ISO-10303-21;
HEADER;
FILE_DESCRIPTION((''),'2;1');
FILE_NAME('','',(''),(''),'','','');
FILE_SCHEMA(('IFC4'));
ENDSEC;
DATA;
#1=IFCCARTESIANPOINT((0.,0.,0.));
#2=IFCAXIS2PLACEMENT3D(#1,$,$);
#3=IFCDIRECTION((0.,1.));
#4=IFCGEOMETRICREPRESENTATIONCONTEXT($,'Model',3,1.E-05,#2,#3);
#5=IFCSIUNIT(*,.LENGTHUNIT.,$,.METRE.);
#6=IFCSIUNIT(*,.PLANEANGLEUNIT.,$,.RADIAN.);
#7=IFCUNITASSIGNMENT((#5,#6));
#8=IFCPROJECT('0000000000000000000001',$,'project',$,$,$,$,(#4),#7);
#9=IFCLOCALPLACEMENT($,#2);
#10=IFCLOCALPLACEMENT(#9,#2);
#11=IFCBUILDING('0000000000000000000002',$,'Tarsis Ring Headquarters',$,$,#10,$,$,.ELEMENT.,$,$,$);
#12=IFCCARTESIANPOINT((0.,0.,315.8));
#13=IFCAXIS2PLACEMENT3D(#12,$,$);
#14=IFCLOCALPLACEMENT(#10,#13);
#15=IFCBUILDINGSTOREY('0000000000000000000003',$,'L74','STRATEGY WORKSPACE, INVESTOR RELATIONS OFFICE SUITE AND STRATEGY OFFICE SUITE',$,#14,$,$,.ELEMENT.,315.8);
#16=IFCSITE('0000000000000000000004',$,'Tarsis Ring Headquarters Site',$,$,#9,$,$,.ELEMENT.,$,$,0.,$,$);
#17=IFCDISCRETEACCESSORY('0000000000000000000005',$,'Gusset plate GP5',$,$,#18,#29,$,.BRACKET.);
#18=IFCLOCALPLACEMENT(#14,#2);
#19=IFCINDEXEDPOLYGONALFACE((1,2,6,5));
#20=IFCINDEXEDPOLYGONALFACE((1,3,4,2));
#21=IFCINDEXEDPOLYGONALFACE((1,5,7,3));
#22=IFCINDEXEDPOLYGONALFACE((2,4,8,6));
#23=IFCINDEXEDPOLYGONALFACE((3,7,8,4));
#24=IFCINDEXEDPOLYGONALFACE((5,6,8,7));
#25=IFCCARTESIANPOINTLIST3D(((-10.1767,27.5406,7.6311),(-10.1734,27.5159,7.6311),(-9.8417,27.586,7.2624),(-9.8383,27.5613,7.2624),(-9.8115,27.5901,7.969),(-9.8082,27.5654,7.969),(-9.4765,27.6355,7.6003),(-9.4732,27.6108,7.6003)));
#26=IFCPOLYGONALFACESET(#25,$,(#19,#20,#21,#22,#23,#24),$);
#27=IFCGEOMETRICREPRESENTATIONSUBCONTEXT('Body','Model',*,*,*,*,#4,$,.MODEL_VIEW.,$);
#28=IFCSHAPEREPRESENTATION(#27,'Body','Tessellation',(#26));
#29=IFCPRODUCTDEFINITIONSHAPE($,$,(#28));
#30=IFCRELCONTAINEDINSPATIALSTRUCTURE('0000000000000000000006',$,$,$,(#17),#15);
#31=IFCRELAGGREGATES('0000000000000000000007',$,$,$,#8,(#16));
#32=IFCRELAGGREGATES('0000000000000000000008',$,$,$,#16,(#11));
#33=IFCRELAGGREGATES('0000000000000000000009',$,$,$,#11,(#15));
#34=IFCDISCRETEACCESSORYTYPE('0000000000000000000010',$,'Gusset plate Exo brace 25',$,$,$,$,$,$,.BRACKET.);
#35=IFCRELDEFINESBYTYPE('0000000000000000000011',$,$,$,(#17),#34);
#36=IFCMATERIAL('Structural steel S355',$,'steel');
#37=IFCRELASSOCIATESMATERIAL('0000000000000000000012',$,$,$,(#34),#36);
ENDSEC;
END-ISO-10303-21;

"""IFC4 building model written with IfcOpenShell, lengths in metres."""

from ifc_helpers import new_model, si_unit, direction, frame, origin, origin_2d, place, context, subcontext, project, spatial, rectangle, extrude, material, material_profile, profile_set, type_object, element, save


model = new_model("IFC4")

# Units and contexts
model_context = context("Model", 3, precision=1e-05, world=origin(), true_north=direction((0.0, 1.0)))
body_context = subcontext(model_context, "Body", "Model", "MODEL_VIEW")
ifc_project = project(units=[si_unit("LENGTHUNIT", "METRE"), si_unit("PLANEANGLEUNIT", "RADIAN")], contexts=[model_context])

# Site, building, storey
site_placement = place(None, origin())
site = spatial("IfcSite", under=ifc_project, at=site_placement, Name="Tarsis Ring Headquarters Site", CompositionType="ELEMENT", RefElevation=0.0)
building_placement = place(site_placement, origin())
building = spatial("IfcBuilding", under=site, at=building_placement, Name="Tarsis Ring Headquarters", CompositionType="ELEMENT")
storey_placement = place(building_placement, frame((0.0, 0.0, 315.8)))
storey = spatial("IfcBuildingStorey", under=building, at=storey_placement, Name="L74", Description="STRATEGY WORKSPACE, INVESTOR RELATIONS OFFICE SUITE AND STRATEGY OFFICE SUITE", CompositionType="ELEMENT", Elevation=315.8)

# Shared definitions
ifc_material_1 = material(Name="Structural steel S355", Category="steel")

# Discrete accessory
ifc_material_profile_1 = material_profile(ifc_material_1, rectangle(XDim=0.0249, YDim=0.5, at=origin_2d()), Name="PL 25x500")
ifc_profile_set_1 = profile_set([ifc_material_profile_1], Name="Structural steel S355")
discrete_accessory_type = type_object("IfcDiscreteAccessoryType", Name="Gusset plate Exo brace 25", PredefinedType="BRACKET", material=ifc_profile_set_1)
discrete_accessory_placement = place(storey_placement, frame((-9.9924, 27.553, 7.8), z_axis=(0.6697, 0.09079, -0.737061), x_axis=(-0.13434, 0.990935, 0.0)))
element("IfcDiscreteAccessory", 1, at=discrete_accessory_placement, inside=storey, type_object=discrete_accessory_type, Name="Gusset plate GP5", PredefinedType="BRACKET", context=body_context, shape_type="SweptSolid", body=[
    extrude(rectangle(XDim=0.0249, YDim=0.5, at=origin_2d()), origin(), (0.0, 0.0, 1.0), 0.5002),
])

save(model, "model.ifc")
